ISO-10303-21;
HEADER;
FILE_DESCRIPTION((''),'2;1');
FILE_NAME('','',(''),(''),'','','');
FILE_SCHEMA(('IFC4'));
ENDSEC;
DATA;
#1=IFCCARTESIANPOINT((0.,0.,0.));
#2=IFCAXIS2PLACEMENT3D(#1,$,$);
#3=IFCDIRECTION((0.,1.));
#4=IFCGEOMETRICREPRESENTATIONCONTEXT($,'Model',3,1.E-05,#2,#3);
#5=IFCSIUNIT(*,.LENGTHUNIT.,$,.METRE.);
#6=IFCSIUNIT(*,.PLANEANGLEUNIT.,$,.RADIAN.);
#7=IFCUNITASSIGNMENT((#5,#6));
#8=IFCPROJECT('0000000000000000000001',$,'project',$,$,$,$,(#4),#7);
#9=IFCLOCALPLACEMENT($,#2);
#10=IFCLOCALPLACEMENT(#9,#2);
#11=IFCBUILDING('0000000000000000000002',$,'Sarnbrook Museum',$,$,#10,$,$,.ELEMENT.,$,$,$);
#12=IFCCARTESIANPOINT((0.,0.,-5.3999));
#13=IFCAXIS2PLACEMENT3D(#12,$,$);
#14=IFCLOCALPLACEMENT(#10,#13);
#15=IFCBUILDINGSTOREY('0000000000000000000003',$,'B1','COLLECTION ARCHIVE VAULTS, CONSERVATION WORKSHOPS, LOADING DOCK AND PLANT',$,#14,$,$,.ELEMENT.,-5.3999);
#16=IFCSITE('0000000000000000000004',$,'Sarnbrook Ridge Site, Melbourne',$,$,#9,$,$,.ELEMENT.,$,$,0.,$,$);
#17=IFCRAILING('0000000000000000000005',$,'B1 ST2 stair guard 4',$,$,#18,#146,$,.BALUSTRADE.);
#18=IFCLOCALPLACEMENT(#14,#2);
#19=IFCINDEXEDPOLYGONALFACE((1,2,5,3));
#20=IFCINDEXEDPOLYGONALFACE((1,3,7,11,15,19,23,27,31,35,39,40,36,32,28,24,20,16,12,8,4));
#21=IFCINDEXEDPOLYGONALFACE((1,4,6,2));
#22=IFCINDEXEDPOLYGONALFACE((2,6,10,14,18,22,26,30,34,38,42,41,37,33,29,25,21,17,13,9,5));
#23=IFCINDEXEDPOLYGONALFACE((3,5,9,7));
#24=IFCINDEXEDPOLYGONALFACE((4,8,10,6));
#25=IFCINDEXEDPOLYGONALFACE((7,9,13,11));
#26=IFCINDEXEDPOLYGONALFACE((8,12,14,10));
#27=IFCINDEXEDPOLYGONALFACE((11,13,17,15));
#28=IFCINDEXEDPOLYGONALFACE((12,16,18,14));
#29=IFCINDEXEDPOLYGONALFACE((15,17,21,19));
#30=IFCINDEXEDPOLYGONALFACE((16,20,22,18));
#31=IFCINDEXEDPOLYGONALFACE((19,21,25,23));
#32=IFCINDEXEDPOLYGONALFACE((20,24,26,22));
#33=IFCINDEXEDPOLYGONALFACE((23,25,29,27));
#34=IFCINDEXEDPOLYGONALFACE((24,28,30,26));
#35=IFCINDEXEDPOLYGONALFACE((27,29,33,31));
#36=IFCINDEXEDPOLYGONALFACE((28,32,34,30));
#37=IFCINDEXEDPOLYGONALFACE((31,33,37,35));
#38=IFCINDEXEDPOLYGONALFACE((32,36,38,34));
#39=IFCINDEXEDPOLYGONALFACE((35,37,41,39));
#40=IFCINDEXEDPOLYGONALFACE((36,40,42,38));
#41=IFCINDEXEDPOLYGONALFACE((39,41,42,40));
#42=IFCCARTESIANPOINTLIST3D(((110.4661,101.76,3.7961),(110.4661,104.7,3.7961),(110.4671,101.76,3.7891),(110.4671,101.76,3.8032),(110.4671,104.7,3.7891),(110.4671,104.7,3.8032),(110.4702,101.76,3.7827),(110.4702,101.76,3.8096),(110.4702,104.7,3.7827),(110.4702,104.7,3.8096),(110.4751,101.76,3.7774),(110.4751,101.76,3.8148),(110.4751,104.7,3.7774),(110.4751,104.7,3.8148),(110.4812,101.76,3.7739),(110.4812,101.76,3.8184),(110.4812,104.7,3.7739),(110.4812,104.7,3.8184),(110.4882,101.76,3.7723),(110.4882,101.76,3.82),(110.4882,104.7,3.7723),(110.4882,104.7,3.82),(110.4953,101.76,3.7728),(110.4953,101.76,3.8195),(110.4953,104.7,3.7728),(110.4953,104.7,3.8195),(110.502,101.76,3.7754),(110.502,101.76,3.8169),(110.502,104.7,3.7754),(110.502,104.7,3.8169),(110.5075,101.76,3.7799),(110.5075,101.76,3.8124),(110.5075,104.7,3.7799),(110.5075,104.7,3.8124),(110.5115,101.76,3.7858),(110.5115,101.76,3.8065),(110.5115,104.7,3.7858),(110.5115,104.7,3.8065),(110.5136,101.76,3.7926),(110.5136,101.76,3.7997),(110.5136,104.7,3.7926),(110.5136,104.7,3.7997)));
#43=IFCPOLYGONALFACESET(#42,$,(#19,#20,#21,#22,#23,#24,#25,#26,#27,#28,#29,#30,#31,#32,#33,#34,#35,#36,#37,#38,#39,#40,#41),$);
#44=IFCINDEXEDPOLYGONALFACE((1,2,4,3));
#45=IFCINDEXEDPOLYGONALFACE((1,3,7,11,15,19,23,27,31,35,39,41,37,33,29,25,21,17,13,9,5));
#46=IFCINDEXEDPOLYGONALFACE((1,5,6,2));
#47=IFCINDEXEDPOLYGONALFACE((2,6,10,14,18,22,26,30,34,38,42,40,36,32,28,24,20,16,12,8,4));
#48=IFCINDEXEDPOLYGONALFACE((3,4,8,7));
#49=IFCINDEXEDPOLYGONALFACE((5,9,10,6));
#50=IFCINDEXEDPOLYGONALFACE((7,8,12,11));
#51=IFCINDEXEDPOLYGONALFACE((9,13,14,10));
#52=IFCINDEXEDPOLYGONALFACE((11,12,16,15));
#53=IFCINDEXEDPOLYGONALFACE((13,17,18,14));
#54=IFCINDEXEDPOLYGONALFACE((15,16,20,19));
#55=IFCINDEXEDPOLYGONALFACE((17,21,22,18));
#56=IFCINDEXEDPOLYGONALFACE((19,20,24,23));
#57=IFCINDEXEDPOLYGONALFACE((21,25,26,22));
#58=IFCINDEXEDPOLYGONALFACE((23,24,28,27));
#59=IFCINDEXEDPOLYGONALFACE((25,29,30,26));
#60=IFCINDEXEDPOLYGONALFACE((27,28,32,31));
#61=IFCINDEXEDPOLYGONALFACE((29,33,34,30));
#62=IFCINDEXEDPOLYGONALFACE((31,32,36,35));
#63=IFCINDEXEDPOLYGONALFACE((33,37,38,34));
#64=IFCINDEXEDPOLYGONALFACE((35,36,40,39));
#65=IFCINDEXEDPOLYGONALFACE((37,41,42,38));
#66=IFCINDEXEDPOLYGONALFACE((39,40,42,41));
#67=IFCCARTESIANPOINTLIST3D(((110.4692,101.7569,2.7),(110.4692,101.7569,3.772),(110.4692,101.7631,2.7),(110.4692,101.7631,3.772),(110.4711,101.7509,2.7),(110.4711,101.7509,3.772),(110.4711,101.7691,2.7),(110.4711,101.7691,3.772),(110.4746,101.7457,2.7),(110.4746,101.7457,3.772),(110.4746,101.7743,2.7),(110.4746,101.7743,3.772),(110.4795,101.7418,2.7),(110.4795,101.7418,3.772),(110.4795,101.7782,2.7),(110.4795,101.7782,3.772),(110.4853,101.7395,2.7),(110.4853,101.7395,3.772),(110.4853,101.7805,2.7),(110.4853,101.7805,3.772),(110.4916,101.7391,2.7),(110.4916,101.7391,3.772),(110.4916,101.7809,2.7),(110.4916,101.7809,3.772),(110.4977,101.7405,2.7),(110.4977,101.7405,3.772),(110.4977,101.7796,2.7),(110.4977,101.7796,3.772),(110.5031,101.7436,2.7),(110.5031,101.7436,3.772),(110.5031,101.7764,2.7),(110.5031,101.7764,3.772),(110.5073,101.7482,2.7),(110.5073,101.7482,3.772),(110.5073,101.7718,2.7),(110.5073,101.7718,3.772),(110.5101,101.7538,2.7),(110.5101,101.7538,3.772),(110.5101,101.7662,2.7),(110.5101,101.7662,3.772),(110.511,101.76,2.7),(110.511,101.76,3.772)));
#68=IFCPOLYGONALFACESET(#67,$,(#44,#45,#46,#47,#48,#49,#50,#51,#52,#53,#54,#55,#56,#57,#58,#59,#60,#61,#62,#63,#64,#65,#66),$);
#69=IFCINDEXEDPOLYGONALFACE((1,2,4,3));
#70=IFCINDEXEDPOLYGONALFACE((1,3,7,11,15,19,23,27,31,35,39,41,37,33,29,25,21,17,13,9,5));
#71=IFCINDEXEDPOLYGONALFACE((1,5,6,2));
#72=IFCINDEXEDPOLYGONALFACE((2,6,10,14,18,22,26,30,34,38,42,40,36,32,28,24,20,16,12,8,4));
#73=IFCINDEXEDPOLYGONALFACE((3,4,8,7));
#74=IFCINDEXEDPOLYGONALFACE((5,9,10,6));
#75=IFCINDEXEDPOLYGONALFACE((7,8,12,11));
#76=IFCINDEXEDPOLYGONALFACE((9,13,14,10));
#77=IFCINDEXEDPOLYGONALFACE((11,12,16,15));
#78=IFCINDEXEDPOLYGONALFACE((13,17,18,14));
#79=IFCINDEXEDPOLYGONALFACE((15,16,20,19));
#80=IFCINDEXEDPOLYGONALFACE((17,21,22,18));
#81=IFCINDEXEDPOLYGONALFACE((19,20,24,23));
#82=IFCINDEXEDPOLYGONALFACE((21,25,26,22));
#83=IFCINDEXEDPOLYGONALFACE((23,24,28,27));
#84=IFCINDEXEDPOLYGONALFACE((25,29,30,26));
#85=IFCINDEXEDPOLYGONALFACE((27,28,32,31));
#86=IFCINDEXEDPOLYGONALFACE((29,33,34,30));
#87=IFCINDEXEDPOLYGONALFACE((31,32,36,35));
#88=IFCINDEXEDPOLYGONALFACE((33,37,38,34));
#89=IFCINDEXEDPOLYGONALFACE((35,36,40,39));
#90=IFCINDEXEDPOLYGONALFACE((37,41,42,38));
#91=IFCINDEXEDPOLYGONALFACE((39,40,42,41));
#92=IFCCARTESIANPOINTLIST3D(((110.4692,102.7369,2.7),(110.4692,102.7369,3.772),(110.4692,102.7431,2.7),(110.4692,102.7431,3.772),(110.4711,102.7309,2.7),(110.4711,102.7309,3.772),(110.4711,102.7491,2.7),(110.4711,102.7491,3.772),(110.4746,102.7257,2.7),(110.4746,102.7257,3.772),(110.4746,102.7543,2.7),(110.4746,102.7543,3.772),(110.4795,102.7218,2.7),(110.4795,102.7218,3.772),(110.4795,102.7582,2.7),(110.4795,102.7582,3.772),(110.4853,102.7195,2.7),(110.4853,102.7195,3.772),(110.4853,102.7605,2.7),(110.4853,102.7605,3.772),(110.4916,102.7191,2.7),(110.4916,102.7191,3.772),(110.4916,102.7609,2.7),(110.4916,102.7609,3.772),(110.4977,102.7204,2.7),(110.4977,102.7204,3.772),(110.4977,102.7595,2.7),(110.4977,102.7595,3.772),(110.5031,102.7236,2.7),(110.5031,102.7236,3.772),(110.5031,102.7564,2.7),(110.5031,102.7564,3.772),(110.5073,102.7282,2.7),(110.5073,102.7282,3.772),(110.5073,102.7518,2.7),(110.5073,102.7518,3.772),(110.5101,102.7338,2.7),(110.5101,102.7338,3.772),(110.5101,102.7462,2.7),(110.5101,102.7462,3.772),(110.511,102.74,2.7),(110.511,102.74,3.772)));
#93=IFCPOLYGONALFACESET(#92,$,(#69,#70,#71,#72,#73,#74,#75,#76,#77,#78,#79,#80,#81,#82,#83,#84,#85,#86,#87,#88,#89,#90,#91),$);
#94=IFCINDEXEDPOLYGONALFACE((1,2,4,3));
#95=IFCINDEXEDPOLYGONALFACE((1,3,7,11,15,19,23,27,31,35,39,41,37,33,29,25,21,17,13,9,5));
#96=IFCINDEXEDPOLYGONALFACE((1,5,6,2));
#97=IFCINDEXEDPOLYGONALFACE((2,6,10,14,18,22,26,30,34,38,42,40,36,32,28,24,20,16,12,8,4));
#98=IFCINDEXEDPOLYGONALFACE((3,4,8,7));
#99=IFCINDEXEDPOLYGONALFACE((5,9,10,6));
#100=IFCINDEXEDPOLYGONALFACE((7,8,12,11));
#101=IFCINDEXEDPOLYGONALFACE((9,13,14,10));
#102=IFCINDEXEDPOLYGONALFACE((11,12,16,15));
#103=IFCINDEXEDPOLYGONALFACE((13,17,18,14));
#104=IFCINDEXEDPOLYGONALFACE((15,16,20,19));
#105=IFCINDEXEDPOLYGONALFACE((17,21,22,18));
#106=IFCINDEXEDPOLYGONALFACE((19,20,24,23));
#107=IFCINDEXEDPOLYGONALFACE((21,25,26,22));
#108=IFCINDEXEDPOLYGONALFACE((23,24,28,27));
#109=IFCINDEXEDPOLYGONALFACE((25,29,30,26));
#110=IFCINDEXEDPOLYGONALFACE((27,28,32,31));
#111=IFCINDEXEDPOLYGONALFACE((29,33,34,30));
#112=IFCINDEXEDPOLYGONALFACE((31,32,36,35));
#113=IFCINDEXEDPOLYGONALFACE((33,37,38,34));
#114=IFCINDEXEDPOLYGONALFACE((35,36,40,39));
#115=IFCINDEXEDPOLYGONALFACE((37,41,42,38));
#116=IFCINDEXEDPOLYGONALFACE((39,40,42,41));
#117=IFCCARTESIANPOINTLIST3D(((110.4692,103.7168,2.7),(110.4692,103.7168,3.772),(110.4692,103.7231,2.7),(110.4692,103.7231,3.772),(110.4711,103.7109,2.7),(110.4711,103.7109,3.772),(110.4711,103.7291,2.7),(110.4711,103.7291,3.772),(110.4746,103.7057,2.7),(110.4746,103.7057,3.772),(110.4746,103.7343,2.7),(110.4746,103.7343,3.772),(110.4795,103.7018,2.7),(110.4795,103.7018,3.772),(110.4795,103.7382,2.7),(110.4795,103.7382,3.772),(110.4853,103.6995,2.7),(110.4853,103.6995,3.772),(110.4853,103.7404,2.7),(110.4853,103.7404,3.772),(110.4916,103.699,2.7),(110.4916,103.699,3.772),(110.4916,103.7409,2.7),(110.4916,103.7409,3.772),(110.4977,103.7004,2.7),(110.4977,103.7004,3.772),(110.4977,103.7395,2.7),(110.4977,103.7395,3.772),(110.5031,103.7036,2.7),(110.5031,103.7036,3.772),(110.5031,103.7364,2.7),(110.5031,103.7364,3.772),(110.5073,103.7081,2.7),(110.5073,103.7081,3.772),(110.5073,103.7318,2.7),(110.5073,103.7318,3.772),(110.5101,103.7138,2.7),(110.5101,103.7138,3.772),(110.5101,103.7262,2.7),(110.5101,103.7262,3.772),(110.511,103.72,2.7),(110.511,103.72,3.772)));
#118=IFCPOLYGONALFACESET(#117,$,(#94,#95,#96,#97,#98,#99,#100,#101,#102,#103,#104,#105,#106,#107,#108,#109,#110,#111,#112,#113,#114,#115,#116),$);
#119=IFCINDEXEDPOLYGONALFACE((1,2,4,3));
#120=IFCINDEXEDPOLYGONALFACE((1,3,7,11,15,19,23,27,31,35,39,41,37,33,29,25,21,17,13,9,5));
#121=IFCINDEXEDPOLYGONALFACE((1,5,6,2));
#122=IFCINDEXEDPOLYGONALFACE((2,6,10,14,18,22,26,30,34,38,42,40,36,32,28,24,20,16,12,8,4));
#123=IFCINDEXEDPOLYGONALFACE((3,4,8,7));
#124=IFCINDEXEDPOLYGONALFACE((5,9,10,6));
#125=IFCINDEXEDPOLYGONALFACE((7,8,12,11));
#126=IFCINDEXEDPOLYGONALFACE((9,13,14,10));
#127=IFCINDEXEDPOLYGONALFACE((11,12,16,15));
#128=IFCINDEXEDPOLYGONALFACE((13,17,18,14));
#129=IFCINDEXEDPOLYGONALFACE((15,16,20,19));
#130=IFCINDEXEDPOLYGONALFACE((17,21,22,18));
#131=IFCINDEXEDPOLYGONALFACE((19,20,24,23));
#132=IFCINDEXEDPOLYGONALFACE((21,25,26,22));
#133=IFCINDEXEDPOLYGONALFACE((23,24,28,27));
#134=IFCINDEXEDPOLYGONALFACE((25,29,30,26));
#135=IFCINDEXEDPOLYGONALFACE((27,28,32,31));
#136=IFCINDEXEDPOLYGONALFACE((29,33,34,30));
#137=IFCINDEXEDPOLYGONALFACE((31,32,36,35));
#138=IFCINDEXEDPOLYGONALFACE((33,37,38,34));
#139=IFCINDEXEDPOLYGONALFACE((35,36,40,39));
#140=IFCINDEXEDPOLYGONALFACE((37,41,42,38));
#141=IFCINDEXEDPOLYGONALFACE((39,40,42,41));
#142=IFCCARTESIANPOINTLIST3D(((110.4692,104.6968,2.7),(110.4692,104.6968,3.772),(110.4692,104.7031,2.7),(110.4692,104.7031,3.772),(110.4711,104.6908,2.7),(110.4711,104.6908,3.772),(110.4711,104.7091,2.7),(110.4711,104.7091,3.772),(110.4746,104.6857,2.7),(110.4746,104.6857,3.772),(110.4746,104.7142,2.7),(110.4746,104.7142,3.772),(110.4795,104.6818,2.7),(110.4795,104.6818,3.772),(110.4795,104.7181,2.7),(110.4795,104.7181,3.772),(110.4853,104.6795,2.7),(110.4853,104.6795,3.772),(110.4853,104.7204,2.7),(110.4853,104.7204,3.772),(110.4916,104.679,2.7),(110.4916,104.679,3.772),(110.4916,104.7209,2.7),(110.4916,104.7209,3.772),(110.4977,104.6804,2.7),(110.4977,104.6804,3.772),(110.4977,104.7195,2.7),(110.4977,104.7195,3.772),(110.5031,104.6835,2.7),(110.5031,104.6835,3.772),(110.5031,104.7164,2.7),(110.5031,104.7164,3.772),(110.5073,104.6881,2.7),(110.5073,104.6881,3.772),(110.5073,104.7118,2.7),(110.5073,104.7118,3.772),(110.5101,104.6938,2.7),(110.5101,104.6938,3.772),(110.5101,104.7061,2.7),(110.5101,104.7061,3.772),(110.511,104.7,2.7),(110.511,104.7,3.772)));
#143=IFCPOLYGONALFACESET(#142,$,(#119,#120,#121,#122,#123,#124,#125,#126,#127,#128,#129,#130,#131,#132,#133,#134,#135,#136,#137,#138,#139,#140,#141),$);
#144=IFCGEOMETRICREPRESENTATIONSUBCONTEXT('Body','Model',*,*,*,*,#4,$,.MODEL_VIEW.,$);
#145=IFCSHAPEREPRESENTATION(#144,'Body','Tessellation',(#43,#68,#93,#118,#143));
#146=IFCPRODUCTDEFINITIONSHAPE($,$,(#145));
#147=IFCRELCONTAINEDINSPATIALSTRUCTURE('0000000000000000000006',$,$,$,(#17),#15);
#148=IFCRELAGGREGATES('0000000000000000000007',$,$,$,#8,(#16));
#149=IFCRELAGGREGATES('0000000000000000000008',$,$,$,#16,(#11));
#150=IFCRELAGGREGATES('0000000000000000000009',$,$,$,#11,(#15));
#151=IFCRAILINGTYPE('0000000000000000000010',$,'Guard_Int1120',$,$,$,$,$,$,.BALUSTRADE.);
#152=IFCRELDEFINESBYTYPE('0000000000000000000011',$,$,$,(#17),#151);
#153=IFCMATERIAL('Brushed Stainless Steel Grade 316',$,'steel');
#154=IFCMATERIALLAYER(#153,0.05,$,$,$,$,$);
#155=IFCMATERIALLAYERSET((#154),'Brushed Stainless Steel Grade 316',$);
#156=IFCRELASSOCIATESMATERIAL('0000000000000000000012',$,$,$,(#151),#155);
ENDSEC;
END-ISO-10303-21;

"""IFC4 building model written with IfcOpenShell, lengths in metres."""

from ifc_helpers import new_model, si_unit, direction, frame, origin, origin_2d, place, context, subcontext, project, spatial, circle, extrude, material, layer, layer_set, type_object, element, save


model = new_model("IFC4")

# Units and contexts
model_context = context("Model", 3, precision=1e-05, world=origin(), true_north=direction((0.0, 1.0)))
body_context = subcontext(model_context, "Body", "Model", "MODEL_VIEW")
ifc_project = project(units=[si_unit("LENGTHUNIT", "METRE"), si_unit("PLANEANGLEUNIT", "RADIAN")], contexts=[model_context])

# Site, building, storey
site_placement = place(None, origin())
site = spatial("IfcSite", under=ifc_project, at=site_placement, Name="Sarnbrook Ridge Site, Melbourne", CompositionType="ELEMENT", RefElevation=0.0)
building_placement = place(site_placement, origin())
building = spatial("IfcBuilding", under=site, at=building_placement, Name="Sarnbrook Museum", CompositionType="ELEMENT")
storey_placement = place(building_placement, frame((0.0, 0.0, -5.3999)))
storey = spatial("IfcBuildingStorey", under=building, at=storey_placement, Name="B1", Description="COLLECTION ARCHIVE VAULTS, CONSERVATION WORKSHOPS, LOADING DOCK AND PLANT", CompositionType="ELEMENT", Elevation=-5.3999)

# Railing
ifc_material_1 = material(Name="Brushed Stainless Steel Grade 316", Category="steel")
ifc_layer_1 = layer(ifc_material_1, 0.05)
ifc_layer_set_1 = layer_set([ifc_layer_1], Name="Brushed Stainless Steel Grade 316")
railing_type_1 = type_object("IfcRailingType", Name="Guard_Int1120", PredefinedType="BALUSTRADE", material=ifc_layer_set_1)
railing_1_placement = place(storey_placement, frame((110.49, 101.76, 2.7)))
element("IfcRailing", 1, at=railing_1_placement, inside=storey, type_object=railing_type_1, Name="B1 ST2 stair guard 4", PredefinedType="BALUSTRADE", context=body_context, shape_type="SweptSolid", body=[
    extrude(circle(Radius=0.0239, at=origin_2d()), frame((0.0, 0.0, 1.0962), z_axis=(0.0, 1.0, 0.0), x_axis=(-1.0, 0.0, 0.0)), (0.0, 0.0, 1.0), 2.9399),
    extrude(circle(Radius=0.021, at=origin_2d()), origin(), (0.0, 0.0, 1.0), 1.072),
    extrude(circle(Radius=0.021, at=origin_2d()), frame((0.0, 0.98, 0.0)), (0.0, 0.0, 1.0), 1.072),
    extrude(circle(Radius=0.021, at=origin_2d()), frame((0.0, 1.96, 0.0)), (0.0, 0.0, 1.0), 1.072),
    extrude(circle(Radius=0.021, at=origin_2d()), frame((0.0, 2.9399, 0.0)), (0.0, 0.0, 1.0), 1.072),
])

save(model, "model.ifc")
